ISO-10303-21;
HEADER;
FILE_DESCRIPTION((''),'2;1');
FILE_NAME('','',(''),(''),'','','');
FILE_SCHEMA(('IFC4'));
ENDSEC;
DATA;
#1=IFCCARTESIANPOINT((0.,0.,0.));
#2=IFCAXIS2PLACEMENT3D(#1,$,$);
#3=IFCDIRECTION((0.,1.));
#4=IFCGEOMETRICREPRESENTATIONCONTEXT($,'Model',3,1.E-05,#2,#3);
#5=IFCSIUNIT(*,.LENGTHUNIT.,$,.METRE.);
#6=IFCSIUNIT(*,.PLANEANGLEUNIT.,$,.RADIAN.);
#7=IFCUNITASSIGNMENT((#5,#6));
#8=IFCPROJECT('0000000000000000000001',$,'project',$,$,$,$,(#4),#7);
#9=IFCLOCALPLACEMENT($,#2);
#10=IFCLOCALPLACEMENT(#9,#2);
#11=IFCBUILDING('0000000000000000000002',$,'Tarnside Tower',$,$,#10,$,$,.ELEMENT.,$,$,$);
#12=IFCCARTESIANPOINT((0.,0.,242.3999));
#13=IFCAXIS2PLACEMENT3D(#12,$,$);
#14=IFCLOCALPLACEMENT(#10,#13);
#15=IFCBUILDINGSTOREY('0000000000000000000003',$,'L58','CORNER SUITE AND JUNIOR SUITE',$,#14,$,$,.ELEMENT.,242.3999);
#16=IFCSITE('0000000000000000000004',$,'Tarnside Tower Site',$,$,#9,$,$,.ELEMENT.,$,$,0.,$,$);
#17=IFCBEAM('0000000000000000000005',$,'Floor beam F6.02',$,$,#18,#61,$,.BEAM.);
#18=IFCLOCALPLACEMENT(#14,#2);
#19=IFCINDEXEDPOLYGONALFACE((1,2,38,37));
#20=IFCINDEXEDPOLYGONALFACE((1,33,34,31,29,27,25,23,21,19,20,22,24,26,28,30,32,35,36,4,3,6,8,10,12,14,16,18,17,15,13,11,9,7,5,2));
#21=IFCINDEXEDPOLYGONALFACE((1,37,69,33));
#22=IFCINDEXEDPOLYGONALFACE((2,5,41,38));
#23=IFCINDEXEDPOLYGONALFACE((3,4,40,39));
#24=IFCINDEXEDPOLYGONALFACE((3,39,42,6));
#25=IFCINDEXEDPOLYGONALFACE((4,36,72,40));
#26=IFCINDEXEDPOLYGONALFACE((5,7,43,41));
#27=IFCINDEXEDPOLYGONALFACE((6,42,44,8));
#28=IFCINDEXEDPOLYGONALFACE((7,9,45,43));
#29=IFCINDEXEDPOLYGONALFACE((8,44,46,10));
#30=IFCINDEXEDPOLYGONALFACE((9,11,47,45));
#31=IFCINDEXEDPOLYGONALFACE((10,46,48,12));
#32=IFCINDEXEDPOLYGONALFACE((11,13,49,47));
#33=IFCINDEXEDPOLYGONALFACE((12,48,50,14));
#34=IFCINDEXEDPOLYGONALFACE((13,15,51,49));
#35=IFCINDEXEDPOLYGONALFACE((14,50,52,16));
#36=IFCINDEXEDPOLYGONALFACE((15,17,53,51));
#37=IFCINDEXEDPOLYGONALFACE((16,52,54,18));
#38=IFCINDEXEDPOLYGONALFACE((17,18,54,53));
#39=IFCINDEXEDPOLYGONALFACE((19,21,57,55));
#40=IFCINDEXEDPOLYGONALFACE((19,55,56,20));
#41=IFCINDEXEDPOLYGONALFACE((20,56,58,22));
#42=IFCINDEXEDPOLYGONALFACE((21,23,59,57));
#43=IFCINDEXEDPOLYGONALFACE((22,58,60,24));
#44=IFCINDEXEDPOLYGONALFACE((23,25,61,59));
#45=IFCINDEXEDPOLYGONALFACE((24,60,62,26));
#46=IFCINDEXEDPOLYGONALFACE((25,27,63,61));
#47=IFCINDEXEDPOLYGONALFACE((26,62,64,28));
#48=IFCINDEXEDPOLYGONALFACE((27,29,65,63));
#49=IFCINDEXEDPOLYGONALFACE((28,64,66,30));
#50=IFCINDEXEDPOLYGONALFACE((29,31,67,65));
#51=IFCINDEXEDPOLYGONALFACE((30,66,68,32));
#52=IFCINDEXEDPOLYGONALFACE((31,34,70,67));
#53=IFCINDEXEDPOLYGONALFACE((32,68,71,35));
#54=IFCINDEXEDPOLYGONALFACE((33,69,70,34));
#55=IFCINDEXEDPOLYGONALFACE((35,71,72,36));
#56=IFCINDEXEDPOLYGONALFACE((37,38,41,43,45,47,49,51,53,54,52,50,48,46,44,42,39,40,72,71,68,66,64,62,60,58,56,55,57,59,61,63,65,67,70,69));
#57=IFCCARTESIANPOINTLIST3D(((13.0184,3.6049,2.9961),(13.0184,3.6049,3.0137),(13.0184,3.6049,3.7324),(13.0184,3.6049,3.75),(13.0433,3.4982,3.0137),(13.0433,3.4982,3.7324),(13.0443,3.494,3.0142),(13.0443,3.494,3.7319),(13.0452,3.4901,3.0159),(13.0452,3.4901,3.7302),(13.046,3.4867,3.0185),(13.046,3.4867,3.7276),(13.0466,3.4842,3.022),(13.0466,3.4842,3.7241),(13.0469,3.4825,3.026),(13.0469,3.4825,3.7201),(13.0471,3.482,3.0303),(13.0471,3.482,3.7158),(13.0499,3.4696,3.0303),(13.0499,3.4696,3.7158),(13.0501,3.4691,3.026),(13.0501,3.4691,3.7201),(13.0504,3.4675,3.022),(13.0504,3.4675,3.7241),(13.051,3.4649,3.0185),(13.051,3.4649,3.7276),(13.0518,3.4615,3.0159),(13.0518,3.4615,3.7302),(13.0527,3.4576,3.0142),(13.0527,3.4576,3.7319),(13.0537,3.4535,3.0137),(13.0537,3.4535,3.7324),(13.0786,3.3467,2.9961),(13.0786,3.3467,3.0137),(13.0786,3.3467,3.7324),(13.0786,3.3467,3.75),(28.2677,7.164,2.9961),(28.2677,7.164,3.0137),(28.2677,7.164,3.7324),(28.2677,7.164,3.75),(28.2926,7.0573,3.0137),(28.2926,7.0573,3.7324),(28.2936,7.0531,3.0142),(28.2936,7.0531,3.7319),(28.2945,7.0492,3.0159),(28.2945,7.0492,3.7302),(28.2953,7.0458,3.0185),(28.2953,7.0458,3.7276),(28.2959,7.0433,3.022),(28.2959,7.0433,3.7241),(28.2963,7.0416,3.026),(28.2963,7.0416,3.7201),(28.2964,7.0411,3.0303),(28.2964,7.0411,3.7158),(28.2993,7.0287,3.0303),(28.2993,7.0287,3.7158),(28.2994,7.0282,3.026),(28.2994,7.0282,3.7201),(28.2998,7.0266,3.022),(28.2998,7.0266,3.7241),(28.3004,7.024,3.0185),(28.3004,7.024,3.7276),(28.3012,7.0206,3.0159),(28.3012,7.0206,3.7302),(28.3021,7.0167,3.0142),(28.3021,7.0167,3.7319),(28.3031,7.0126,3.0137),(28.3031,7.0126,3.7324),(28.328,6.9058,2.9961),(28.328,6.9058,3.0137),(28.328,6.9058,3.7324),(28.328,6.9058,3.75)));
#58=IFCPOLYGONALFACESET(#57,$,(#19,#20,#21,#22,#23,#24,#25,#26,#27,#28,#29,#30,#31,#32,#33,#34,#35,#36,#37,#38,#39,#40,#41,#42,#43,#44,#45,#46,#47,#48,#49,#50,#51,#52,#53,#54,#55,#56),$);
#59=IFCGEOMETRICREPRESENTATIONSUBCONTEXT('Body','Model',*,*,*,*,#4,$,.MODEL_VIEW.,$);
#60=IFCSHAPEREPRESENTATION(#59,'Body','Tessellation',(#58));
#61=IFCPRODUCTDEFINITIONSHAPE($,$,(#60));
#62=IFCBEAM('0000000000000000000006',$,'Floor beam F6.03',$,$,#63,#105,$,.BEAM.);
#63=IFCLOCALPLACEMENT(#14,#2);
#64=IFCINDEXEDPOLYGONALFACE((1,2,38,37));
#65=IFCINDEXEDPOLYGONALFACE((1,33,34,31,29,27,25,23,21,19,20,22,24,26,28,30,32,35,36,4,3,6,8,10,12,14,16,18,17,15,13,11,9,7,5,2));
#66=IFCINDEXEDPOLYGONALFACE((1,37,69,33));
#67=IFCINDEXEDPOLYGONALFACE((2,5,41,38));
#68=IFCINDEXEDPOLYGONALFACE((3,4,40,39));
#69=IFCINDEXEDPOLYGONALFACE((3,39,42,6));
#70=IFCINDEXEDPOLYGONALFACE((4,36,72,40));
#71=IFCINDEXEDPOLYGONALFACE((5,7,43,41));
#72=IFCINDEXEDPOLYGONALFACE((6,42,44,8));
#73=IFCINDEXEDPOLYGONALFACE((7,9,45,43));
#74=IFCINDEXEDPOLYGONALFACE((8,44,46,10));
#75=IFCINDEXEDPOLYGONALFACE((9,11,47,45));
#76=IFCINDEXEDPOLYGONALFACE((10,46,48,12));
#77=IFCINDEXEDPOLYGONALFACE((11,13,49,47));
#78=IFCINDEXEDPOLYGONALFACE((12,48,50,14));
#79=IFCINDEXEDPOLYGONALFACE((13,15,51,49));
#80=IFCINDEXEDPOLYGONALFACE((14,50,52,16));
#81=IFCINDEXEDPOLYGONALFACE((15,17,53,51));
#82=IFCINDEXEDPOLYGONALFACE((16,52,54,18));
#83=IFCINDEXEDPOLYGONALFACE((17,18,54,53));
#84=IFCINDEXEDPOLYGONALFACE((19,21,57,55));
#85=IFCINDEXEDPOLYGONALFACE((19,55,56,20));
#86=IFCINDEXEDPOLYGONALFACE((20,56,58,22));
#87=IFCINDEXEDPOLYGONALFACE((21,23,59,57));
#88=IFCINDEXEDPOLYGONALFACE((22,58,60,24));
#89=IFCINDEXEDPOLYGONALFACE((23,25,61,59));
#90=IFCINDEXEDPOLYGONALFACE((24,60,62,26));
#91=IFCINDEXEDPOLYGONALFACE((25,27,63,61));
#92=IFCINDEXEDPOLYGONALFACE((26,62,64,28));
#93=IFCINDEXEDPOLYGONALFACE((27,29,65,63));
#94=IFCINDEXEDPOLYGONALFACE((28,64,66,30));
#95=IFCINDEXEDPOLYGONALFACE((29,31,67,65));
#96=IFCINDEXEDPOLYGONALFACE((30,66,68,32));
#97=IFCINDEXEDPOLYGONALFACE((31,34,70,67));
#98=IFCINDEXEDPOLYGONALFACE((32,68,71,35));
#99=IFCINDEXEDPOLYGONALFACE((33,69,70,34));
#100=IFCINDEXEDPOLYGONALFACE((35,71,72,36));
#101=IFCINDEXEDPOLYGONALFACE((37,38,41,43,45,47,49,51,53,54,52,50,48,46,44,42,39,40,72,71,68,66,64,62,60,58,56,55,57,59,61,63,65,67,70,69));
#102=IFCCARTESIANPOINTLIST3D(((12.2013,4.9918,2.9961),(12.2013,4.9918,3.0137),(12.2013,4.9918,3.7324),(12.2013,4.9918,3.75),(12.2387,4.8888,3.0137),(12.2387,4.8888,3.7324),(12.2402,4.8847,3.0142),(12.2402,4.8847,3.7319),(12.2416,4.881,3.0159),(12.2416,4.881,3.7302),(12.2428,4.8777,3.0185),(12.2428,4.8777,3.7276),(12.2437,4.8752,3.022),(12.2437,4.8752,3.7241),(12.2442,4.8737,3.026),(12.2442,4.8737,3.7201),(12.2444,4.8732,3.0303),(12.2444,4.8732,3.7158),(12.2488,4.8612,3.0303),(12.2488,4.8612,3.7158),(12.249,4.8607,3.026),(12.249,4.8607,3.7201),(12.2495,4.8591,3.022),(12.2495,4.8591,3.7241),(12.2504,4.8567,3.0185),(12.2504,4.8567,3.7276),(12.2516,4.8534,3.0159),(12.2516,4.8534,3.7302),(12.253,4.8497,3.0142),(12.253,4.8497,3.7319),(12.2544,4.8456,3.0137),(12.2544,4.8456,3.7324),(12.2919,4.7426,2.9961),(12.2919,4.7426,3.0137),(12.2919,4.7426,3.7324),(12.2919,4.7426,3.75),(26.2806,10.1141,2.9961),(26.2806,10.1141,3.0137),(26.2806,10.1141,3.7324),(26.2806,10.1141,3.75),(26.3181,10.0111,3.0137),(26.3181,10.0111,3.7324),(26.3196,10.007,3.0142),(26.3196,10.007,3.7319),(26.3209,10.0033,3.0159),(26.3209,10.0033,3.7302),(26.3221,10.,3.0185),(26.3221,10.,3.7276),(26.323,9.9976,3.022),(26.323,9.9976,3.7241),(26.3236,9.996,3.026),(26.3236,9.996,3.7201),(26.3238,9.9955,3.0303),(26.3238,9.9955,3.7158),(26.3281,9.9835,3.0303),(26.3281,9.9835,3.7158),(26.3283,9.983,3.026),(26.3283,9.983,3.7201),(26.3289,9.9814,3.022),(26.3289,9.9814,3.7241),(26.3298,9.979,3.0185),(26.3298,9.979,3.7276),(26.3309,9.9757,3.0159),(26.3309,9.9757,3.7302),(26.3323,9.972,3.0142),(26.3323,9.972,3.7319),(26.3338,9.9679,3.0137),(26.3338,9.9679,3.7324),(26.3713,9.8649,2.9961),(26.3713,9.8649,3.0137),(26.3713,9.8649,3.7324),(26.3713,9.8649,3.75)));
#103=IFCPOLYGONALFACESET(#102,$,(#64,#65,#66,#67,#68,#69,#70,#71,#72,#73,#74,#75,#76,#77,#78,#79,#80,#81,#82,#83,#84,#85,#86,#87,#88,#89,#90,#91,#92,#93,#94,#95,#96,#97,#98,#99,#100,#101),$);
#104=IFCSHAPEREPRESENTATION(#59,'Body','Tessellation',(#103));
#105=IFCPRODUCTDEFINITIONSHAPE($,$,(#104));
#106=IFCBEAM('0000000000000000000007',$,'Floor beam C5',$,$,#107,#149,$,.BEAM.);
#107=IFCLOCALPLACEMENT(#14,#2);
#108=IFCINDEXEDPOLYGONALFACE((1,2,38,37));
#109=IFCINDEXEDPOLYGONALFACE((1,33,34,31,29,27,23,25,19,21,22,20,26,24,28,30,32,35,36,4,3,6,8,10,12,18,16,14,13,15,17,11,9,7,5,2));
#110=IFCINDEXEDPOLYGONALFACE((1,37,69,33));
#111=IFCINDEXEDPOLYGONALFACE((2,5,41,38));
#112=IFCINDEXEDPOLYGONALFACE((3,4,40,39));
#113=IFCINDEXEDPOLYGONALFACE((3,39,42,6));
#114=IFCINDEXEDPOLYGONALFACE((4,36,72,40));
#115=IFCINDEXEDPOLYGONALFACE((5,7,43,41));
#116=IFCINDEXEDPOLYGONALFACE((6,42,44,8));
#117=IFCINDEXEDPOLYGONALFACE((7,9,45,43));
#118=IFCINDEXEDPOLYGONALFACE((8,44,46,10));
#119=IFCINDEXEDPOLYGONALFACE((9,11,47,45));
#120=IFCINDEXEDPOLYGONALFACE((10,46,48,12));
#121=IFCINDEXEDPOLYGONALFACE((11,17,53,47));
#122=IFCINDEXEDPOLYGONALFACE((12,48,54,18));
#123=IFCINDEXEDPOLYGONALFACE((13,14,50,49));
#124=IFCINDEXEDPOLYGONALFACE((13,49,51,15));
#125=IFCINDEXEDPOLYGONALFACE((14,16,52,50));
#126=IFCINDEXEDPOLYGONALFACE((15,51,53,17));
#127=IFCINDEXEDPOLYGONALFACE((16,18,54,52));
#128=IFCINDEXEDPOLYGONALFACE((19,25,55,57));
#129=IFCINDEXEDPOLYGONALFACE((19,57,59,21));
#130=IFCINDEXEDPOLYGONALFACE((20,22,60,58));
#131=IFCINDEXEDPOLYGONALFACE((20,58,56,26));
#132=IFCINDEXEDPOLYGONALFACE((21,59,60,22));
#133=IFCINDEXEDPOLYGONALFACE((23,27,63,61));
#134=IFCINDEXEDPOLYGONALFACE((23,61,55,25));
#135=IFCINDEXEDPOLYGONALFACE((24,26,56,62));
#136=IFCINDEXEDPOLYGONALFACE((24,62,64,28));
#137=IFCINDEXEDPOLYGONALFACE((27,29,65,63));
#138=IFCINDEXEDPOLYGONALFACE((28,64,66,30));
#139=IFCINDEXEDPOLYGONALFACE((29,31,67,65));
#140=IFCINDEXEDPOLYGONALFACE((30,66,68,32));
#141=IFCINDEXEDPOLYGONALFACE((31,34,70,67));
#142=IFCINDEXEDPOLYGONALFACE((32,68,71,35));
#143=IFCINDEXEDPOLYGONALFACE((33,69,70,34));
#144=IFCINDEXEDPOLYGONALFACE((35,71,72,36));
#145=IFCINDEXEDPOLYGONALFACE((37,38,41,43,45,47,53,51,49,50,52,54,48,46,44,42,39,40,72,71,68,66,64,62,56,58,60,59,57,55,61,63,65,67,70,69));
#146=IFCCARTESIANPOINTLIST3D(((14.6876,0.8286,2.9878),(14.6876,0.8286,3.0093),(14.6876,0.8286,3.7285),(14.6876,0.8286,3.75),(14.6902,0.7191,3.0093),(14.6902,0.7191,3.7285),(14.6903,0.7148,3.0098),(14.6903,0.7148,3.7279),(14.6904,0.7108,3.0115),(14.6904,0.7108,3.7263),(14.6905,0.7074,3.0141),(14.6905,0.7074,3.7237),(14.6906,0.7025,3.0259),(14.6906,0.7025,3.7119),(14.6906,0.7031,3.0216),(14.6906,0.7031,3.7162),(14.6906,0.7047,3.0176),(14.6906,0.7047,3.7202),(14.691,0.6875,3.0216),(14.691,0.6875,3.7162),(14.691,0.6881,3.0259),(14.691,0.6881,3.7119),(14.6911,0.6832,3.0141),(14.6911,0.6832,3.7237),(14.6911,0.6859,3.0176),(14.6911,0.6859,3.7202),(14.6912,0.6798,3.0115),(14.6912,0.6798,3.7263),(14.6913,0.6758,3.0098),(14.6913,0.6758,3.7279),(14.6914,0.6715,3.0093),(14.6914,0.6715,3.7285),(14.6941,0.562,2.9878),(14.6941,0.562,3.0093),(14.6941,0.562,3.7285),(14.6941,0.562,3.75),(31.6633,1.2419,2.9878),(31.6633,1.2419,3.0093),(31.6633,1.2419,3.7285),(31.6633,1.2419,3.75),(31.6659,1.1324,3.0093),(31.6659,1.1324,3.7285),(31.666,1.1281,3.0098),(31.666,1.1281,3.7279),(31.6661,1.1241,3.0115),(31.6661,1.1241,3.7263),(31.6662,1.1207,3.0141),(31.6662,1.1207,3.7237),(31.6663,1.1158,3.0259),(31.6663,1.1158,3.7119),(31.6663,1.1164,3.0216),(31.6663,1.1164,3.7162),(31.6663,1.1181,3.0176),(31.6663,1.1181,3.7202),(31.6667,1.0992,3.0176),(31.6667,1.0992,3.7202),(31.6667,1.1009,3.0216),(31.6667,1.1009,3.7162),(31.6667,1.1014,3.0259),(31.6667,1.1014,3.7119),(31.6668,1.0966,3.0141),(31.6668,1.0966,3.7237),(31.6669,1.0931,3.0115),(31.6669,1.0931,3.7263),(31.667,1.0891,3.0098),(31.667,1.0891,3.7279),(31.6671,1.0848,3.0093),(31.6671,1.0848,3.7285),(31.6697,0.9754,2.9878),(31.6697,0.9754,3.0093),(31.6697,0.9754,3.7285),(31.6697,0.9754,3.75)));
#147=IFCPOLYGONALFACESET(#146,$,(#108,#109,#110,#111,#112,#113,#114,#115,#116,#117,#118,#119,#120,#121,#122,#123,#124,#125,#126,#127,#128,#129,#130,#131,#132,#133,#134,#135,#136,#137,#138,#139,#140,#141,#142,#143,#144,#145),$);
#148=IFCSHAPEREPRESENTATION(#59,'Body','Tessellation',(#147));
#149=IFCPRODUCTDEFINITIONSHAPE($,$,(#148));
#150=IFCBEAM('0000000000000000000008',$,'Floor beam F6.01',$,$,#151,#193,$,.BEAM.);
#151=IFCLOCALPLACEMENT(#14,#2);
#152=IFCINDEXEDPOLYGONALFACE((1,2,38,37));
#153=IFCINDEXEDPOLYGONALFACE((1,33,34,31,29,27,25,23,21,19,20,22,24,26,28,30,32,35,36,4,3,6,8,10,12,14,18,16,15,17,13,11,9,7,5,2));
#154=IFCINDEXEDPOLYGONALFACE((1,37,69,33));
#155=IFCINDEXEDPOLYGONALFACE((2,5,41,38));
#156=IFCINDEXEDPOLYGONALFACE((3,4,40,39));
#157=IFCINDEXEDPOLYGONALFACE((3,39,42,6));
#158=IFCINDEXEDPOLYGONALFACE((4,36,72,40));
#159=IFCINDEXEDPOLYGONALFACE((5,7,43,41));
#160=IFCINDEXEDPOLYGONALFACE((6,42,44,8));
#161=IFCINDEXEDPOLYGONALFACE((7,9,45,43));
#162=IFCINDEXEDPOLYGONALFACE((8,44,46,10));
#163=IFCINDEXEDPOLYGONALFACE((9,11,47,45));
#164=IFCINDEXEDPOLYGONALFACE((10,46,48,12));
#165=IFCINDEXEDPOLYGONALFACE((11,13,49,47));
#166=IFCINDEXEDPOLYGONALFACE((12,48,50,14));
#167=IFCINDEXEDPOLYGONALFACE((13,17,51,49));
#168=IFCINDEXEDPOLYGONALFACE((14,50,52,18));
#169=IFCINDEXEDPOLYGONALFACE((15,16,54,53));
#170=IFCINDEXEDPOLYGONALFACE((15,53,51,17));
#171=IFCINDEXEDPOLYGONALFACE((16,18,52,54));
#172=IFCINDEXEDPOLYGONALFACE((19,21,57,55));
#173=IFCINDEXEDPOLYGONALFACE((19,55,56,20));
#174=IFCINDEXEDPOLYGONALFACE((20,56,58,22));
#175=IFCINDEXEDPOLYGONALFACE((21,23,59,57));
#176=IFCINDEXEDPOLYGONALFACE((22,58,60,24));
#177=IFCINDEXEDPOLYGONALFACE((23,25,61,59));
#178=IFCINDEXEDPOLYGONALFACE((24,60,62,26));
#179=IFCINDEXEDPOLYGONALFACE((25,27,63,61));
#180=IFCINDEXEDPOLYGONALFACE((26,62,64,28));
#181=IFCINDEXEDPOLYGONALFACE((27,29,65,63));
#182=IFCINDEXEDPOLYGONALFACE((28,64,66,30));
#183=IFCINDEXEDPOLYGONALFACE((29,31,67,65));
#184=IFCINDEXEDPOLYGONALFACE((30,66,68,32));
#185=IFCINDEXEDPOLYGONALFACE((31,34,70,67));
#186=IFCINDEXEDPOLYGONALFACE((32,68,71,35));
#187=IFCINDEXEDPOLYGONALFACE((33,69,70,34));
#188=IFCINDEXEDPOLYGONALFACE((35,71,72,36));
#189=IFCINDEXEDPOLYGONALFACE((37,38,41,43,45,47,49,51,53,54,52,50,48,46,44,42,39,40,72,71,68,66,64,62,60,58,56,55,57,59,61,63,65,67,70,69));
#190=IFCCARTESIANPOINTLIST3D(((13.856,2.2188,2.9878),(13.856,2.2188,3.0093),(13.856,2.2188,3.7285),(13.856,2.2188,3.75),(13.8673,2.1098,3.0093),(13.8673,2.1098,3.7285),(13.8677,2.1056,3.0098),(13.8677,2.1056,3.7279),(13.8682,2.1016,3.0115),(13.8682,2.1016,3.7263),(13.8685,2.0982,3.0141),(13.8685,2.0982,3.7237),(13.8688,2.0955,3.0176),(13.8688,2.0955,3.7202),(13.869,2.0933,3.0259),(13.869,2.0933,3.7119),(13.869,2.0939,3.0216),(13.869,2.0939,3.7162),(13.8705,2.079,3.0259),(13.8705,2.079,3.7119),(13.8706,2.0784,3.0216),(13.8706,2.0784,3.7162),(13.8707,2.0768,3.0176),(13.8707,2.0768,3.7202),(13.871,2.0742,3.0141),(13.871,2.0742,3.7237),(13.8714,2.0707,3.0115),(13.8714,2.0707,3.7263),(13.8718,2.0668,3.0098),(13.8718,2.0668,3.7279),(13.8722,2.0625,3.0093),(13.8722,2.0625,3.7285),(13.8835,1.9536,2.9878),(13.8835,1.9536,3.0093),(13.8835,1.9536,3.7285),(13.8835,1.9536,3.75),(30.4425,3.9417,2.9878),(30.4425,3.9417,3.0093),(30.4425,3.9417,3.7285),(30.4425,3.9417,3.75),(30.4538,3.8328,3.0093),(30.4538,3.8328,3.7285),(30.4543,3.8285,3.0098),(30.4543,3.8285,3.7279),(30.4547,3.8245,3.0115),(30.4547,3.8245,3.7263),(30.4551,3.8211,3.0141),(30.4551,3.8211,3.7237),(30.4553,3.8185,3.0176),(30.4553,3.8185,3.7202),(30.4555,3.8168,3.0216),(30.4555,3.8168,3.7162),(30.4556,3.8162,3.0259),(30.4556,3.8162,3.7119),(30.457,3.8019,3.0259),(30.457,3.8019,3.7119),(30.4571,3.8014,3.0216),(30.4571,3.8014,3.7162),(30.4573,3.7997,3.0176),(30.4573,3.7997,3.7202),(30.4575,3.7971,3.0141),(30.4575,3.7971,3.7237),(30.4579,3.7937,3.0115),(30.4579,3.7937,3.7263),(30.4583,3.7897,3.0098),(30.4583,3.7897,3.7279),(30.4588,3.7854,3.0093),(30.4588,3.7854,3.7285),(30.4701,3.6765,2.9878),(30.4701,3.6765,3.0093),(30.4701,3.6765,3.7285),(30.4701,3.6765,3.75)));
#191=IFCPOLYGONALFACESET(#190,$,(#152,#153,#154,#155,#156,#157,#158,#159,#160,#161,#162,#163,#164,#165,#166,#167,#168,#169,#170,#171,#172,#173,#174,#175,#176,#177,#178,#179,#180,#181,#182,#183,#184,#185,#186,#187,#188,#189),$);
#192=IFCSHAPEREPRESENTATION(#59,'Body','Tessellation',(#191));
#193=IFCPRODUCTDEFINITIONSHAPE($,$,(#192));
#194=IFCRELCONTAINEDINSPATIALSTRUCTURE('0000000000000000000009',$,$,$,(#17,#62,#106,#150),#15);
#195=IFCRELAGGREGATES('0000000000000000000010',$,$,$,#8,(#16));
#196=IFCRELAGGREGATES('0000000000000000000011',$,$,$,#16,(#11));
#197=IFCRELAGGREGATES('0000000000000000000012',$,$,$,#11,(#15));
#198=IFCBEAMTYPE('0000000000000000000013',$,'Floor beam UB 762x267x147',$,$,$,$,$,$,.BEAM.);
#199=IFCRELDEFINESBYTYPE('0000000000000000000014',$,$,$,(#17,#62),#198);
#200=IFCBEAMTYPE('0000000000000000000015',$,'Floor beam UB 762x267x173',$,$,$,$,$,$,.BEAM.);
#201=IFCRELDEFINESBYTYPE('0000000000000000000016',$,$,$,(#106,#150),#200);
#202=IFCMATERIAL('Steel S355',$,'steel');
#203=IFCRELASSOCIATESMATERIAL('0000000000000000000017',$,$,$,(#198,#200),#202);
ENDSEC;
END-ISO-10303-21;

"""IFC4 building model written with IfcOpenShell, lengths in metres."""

from ifc_helpers import new_model, si_unit, direction, frame, origin, origin_2d, place, context, subcontext, project, spatial, i_section, extrude, material, material_profile, profile_set, type_object, element, save


model = new_model("IFC4")

# Units and contexts
model_context = context("Model", 3, precision=1e-05, world=origin(), true_north=direction((0.0, 1.0)))
body_context = subcontext(model_context, "Body", "Model", "MODEL_VIEW")
ifc_project = project(units=[si_unit("LENGTHUNIT", "METRE"), si_unit("PLANEANGLEUNIT", "RADIAN")], contexts=[model_context])

# Site, building, storey
site_placement = place(None, origin())
site = spatial("IfcSite", under=ifc_project, at=site_placement, Name="Tarnside Tower Site", CompositionType="ELEMENT", RefElevation=0.0)
building_placement = place(site_placement, origin())
building = spatial("IfcBuilding", under=site, at=building_placement, Name="Tarnside Tower", CompositionType="ELEMENT")
storey_placement = place(building_placement, frame((0.0, 0.0, 242.3999)))
storey = spatial("IfcBuildingStorey", under=building, at=storey_placement, Name="L58", Description="CORNER SUITE AND JUNIOR SUITE", CompositionType="ELEMENT", Elevation=242.3999)

# Beams
ifc_material_1 = material(Name="Steel S355", Category="steel")
ifc_material_profile_1 = material_profile(ifc_material_1, i_section(OverallWidth=0.2651, OverallDepth=0.7539, WebThickness=0.0127, FlangeThickness=0.0176, FilletRadius=0.0166, at=origin_2d()), Name="UB 762x267x147")
ifc_profile_set_1 = profile_set([ifc_material_profile_1], Name="Steel S355")
beam_type_1 = type_object("IfcBeamType", Name="Floor beam UB 762x267x147", PredefinedType="BEAM", material=ifc_profile_set_1)
beam_1_placement = place(storey_placement, frame((28.2979, 7.0349, 3.373), z_axis=(-0.973828, -0.227285, 0.0), x_axis=(0.227285, -0.973828, 0.0)))
element("IfcBeam", 1, at=beam_1_placement, inside=storey, type_object=beam_type_1, Name="Floor beam F6.02", PredefinedType="BEAM", context=body_context, shape_type="SweptSolid", body=[
    extrude(i_section(OverallWidth=0.2651, OverallDepth=0.7539, WebThickness=0.0127, FlangeThickness=0.0176, FilletRadius=0.0166, at=origin_2d()), origin(), (0.0, 0.0, 1.0), 15.6592),
])
beam_2_placement = place(storey_placement, frame((26.3259, 9.9895, 3.373), z_axis=(-0.939739, -0.341894, 0.0), x_axis=(0.341894, -0.939739, 0.0)))
element("IfcBeam", 2, at=beam_2_placement, inside=storey, type_object=beam_type_1, Name="Floor beam F6.03", PredefinedType="BEAM", context=body_context, shape_type="SweptSolid", body=[
    extrude(i_section(OverallWidth=0.2651, OverallDepth=0.7539, WebThickness=0.0127, FlangeThickness=0.0176, FilletRadius=0.0166, at=origin_2d()), origin(), (0.0, 0.0, 1.0), 14.9822),
])
ifc_material_profile_2 = material_profile(ifc_material_1, i_section(OverallWidth=0.2666, OverallDepth=0.7622, WebThickness=0.0144, FlangeThickness=0.0215, FilletRadius=0.0166, at=origin_2d()), Name="UB 762x267x173")
ifc_profile_set_2 = profile_set([ifc_material_profile_2], Name="Steel S355")
beam_type_2 = type_object("IfcBeamType", Name="Floor beam UB 762x267x173", PredefinedType="BEAM", material=ifc_profile_set_2)
beam_3_placement = place(storey_placement, frame((31.6665, 1.1086, 3.3689), z_axis=(-0.999704, -0.024341, 0.0), x_axis=(0.024341, -0.999704, 0.0)))
element("IfcBeam", 3, at=beam_3_placement, inside=storey, type_object=beam_type_2, Name="Floor beam C5", PredefinedType="BEAM", context=body_context, shape_type="SweptSolid", body=[
    extrude(i_section(OverallWidth=0.2666, OverallDepth=0.7622, WebThickness=0.0144, FlangeThickness=0.0215, FilletRadius=0.0166, at=origin_2d()), origin(), (0.0, 0.0, 1.0), 16.9807),
])
beam_4_placement = place(storey_placement, frame((30.4563, 3.8091, 3.3689), z_axis=(-0.994648, -0.103318, 0.0), x_axis=(0.103318, -0.994648, 0.0)))
element("IfcBeam", 4, at=beam_4_placement, inside=storey, type_object=beam_type_2, Name="Floor beam F6.01", PredefinedType="BEAM", context=body_context, shape_type="SweptSolid", body=[
    extrude(i_section(OverallWidth=0.2666, OverallDepth=0.7622, WebThickness=0.0144, FlangeThickness=0.0215, FilletRadius=0.0166, at=origin_2d()), origin(), (0.0, 0.0, 1.0), 16.6758),
])

save(model, "model.ifc")
